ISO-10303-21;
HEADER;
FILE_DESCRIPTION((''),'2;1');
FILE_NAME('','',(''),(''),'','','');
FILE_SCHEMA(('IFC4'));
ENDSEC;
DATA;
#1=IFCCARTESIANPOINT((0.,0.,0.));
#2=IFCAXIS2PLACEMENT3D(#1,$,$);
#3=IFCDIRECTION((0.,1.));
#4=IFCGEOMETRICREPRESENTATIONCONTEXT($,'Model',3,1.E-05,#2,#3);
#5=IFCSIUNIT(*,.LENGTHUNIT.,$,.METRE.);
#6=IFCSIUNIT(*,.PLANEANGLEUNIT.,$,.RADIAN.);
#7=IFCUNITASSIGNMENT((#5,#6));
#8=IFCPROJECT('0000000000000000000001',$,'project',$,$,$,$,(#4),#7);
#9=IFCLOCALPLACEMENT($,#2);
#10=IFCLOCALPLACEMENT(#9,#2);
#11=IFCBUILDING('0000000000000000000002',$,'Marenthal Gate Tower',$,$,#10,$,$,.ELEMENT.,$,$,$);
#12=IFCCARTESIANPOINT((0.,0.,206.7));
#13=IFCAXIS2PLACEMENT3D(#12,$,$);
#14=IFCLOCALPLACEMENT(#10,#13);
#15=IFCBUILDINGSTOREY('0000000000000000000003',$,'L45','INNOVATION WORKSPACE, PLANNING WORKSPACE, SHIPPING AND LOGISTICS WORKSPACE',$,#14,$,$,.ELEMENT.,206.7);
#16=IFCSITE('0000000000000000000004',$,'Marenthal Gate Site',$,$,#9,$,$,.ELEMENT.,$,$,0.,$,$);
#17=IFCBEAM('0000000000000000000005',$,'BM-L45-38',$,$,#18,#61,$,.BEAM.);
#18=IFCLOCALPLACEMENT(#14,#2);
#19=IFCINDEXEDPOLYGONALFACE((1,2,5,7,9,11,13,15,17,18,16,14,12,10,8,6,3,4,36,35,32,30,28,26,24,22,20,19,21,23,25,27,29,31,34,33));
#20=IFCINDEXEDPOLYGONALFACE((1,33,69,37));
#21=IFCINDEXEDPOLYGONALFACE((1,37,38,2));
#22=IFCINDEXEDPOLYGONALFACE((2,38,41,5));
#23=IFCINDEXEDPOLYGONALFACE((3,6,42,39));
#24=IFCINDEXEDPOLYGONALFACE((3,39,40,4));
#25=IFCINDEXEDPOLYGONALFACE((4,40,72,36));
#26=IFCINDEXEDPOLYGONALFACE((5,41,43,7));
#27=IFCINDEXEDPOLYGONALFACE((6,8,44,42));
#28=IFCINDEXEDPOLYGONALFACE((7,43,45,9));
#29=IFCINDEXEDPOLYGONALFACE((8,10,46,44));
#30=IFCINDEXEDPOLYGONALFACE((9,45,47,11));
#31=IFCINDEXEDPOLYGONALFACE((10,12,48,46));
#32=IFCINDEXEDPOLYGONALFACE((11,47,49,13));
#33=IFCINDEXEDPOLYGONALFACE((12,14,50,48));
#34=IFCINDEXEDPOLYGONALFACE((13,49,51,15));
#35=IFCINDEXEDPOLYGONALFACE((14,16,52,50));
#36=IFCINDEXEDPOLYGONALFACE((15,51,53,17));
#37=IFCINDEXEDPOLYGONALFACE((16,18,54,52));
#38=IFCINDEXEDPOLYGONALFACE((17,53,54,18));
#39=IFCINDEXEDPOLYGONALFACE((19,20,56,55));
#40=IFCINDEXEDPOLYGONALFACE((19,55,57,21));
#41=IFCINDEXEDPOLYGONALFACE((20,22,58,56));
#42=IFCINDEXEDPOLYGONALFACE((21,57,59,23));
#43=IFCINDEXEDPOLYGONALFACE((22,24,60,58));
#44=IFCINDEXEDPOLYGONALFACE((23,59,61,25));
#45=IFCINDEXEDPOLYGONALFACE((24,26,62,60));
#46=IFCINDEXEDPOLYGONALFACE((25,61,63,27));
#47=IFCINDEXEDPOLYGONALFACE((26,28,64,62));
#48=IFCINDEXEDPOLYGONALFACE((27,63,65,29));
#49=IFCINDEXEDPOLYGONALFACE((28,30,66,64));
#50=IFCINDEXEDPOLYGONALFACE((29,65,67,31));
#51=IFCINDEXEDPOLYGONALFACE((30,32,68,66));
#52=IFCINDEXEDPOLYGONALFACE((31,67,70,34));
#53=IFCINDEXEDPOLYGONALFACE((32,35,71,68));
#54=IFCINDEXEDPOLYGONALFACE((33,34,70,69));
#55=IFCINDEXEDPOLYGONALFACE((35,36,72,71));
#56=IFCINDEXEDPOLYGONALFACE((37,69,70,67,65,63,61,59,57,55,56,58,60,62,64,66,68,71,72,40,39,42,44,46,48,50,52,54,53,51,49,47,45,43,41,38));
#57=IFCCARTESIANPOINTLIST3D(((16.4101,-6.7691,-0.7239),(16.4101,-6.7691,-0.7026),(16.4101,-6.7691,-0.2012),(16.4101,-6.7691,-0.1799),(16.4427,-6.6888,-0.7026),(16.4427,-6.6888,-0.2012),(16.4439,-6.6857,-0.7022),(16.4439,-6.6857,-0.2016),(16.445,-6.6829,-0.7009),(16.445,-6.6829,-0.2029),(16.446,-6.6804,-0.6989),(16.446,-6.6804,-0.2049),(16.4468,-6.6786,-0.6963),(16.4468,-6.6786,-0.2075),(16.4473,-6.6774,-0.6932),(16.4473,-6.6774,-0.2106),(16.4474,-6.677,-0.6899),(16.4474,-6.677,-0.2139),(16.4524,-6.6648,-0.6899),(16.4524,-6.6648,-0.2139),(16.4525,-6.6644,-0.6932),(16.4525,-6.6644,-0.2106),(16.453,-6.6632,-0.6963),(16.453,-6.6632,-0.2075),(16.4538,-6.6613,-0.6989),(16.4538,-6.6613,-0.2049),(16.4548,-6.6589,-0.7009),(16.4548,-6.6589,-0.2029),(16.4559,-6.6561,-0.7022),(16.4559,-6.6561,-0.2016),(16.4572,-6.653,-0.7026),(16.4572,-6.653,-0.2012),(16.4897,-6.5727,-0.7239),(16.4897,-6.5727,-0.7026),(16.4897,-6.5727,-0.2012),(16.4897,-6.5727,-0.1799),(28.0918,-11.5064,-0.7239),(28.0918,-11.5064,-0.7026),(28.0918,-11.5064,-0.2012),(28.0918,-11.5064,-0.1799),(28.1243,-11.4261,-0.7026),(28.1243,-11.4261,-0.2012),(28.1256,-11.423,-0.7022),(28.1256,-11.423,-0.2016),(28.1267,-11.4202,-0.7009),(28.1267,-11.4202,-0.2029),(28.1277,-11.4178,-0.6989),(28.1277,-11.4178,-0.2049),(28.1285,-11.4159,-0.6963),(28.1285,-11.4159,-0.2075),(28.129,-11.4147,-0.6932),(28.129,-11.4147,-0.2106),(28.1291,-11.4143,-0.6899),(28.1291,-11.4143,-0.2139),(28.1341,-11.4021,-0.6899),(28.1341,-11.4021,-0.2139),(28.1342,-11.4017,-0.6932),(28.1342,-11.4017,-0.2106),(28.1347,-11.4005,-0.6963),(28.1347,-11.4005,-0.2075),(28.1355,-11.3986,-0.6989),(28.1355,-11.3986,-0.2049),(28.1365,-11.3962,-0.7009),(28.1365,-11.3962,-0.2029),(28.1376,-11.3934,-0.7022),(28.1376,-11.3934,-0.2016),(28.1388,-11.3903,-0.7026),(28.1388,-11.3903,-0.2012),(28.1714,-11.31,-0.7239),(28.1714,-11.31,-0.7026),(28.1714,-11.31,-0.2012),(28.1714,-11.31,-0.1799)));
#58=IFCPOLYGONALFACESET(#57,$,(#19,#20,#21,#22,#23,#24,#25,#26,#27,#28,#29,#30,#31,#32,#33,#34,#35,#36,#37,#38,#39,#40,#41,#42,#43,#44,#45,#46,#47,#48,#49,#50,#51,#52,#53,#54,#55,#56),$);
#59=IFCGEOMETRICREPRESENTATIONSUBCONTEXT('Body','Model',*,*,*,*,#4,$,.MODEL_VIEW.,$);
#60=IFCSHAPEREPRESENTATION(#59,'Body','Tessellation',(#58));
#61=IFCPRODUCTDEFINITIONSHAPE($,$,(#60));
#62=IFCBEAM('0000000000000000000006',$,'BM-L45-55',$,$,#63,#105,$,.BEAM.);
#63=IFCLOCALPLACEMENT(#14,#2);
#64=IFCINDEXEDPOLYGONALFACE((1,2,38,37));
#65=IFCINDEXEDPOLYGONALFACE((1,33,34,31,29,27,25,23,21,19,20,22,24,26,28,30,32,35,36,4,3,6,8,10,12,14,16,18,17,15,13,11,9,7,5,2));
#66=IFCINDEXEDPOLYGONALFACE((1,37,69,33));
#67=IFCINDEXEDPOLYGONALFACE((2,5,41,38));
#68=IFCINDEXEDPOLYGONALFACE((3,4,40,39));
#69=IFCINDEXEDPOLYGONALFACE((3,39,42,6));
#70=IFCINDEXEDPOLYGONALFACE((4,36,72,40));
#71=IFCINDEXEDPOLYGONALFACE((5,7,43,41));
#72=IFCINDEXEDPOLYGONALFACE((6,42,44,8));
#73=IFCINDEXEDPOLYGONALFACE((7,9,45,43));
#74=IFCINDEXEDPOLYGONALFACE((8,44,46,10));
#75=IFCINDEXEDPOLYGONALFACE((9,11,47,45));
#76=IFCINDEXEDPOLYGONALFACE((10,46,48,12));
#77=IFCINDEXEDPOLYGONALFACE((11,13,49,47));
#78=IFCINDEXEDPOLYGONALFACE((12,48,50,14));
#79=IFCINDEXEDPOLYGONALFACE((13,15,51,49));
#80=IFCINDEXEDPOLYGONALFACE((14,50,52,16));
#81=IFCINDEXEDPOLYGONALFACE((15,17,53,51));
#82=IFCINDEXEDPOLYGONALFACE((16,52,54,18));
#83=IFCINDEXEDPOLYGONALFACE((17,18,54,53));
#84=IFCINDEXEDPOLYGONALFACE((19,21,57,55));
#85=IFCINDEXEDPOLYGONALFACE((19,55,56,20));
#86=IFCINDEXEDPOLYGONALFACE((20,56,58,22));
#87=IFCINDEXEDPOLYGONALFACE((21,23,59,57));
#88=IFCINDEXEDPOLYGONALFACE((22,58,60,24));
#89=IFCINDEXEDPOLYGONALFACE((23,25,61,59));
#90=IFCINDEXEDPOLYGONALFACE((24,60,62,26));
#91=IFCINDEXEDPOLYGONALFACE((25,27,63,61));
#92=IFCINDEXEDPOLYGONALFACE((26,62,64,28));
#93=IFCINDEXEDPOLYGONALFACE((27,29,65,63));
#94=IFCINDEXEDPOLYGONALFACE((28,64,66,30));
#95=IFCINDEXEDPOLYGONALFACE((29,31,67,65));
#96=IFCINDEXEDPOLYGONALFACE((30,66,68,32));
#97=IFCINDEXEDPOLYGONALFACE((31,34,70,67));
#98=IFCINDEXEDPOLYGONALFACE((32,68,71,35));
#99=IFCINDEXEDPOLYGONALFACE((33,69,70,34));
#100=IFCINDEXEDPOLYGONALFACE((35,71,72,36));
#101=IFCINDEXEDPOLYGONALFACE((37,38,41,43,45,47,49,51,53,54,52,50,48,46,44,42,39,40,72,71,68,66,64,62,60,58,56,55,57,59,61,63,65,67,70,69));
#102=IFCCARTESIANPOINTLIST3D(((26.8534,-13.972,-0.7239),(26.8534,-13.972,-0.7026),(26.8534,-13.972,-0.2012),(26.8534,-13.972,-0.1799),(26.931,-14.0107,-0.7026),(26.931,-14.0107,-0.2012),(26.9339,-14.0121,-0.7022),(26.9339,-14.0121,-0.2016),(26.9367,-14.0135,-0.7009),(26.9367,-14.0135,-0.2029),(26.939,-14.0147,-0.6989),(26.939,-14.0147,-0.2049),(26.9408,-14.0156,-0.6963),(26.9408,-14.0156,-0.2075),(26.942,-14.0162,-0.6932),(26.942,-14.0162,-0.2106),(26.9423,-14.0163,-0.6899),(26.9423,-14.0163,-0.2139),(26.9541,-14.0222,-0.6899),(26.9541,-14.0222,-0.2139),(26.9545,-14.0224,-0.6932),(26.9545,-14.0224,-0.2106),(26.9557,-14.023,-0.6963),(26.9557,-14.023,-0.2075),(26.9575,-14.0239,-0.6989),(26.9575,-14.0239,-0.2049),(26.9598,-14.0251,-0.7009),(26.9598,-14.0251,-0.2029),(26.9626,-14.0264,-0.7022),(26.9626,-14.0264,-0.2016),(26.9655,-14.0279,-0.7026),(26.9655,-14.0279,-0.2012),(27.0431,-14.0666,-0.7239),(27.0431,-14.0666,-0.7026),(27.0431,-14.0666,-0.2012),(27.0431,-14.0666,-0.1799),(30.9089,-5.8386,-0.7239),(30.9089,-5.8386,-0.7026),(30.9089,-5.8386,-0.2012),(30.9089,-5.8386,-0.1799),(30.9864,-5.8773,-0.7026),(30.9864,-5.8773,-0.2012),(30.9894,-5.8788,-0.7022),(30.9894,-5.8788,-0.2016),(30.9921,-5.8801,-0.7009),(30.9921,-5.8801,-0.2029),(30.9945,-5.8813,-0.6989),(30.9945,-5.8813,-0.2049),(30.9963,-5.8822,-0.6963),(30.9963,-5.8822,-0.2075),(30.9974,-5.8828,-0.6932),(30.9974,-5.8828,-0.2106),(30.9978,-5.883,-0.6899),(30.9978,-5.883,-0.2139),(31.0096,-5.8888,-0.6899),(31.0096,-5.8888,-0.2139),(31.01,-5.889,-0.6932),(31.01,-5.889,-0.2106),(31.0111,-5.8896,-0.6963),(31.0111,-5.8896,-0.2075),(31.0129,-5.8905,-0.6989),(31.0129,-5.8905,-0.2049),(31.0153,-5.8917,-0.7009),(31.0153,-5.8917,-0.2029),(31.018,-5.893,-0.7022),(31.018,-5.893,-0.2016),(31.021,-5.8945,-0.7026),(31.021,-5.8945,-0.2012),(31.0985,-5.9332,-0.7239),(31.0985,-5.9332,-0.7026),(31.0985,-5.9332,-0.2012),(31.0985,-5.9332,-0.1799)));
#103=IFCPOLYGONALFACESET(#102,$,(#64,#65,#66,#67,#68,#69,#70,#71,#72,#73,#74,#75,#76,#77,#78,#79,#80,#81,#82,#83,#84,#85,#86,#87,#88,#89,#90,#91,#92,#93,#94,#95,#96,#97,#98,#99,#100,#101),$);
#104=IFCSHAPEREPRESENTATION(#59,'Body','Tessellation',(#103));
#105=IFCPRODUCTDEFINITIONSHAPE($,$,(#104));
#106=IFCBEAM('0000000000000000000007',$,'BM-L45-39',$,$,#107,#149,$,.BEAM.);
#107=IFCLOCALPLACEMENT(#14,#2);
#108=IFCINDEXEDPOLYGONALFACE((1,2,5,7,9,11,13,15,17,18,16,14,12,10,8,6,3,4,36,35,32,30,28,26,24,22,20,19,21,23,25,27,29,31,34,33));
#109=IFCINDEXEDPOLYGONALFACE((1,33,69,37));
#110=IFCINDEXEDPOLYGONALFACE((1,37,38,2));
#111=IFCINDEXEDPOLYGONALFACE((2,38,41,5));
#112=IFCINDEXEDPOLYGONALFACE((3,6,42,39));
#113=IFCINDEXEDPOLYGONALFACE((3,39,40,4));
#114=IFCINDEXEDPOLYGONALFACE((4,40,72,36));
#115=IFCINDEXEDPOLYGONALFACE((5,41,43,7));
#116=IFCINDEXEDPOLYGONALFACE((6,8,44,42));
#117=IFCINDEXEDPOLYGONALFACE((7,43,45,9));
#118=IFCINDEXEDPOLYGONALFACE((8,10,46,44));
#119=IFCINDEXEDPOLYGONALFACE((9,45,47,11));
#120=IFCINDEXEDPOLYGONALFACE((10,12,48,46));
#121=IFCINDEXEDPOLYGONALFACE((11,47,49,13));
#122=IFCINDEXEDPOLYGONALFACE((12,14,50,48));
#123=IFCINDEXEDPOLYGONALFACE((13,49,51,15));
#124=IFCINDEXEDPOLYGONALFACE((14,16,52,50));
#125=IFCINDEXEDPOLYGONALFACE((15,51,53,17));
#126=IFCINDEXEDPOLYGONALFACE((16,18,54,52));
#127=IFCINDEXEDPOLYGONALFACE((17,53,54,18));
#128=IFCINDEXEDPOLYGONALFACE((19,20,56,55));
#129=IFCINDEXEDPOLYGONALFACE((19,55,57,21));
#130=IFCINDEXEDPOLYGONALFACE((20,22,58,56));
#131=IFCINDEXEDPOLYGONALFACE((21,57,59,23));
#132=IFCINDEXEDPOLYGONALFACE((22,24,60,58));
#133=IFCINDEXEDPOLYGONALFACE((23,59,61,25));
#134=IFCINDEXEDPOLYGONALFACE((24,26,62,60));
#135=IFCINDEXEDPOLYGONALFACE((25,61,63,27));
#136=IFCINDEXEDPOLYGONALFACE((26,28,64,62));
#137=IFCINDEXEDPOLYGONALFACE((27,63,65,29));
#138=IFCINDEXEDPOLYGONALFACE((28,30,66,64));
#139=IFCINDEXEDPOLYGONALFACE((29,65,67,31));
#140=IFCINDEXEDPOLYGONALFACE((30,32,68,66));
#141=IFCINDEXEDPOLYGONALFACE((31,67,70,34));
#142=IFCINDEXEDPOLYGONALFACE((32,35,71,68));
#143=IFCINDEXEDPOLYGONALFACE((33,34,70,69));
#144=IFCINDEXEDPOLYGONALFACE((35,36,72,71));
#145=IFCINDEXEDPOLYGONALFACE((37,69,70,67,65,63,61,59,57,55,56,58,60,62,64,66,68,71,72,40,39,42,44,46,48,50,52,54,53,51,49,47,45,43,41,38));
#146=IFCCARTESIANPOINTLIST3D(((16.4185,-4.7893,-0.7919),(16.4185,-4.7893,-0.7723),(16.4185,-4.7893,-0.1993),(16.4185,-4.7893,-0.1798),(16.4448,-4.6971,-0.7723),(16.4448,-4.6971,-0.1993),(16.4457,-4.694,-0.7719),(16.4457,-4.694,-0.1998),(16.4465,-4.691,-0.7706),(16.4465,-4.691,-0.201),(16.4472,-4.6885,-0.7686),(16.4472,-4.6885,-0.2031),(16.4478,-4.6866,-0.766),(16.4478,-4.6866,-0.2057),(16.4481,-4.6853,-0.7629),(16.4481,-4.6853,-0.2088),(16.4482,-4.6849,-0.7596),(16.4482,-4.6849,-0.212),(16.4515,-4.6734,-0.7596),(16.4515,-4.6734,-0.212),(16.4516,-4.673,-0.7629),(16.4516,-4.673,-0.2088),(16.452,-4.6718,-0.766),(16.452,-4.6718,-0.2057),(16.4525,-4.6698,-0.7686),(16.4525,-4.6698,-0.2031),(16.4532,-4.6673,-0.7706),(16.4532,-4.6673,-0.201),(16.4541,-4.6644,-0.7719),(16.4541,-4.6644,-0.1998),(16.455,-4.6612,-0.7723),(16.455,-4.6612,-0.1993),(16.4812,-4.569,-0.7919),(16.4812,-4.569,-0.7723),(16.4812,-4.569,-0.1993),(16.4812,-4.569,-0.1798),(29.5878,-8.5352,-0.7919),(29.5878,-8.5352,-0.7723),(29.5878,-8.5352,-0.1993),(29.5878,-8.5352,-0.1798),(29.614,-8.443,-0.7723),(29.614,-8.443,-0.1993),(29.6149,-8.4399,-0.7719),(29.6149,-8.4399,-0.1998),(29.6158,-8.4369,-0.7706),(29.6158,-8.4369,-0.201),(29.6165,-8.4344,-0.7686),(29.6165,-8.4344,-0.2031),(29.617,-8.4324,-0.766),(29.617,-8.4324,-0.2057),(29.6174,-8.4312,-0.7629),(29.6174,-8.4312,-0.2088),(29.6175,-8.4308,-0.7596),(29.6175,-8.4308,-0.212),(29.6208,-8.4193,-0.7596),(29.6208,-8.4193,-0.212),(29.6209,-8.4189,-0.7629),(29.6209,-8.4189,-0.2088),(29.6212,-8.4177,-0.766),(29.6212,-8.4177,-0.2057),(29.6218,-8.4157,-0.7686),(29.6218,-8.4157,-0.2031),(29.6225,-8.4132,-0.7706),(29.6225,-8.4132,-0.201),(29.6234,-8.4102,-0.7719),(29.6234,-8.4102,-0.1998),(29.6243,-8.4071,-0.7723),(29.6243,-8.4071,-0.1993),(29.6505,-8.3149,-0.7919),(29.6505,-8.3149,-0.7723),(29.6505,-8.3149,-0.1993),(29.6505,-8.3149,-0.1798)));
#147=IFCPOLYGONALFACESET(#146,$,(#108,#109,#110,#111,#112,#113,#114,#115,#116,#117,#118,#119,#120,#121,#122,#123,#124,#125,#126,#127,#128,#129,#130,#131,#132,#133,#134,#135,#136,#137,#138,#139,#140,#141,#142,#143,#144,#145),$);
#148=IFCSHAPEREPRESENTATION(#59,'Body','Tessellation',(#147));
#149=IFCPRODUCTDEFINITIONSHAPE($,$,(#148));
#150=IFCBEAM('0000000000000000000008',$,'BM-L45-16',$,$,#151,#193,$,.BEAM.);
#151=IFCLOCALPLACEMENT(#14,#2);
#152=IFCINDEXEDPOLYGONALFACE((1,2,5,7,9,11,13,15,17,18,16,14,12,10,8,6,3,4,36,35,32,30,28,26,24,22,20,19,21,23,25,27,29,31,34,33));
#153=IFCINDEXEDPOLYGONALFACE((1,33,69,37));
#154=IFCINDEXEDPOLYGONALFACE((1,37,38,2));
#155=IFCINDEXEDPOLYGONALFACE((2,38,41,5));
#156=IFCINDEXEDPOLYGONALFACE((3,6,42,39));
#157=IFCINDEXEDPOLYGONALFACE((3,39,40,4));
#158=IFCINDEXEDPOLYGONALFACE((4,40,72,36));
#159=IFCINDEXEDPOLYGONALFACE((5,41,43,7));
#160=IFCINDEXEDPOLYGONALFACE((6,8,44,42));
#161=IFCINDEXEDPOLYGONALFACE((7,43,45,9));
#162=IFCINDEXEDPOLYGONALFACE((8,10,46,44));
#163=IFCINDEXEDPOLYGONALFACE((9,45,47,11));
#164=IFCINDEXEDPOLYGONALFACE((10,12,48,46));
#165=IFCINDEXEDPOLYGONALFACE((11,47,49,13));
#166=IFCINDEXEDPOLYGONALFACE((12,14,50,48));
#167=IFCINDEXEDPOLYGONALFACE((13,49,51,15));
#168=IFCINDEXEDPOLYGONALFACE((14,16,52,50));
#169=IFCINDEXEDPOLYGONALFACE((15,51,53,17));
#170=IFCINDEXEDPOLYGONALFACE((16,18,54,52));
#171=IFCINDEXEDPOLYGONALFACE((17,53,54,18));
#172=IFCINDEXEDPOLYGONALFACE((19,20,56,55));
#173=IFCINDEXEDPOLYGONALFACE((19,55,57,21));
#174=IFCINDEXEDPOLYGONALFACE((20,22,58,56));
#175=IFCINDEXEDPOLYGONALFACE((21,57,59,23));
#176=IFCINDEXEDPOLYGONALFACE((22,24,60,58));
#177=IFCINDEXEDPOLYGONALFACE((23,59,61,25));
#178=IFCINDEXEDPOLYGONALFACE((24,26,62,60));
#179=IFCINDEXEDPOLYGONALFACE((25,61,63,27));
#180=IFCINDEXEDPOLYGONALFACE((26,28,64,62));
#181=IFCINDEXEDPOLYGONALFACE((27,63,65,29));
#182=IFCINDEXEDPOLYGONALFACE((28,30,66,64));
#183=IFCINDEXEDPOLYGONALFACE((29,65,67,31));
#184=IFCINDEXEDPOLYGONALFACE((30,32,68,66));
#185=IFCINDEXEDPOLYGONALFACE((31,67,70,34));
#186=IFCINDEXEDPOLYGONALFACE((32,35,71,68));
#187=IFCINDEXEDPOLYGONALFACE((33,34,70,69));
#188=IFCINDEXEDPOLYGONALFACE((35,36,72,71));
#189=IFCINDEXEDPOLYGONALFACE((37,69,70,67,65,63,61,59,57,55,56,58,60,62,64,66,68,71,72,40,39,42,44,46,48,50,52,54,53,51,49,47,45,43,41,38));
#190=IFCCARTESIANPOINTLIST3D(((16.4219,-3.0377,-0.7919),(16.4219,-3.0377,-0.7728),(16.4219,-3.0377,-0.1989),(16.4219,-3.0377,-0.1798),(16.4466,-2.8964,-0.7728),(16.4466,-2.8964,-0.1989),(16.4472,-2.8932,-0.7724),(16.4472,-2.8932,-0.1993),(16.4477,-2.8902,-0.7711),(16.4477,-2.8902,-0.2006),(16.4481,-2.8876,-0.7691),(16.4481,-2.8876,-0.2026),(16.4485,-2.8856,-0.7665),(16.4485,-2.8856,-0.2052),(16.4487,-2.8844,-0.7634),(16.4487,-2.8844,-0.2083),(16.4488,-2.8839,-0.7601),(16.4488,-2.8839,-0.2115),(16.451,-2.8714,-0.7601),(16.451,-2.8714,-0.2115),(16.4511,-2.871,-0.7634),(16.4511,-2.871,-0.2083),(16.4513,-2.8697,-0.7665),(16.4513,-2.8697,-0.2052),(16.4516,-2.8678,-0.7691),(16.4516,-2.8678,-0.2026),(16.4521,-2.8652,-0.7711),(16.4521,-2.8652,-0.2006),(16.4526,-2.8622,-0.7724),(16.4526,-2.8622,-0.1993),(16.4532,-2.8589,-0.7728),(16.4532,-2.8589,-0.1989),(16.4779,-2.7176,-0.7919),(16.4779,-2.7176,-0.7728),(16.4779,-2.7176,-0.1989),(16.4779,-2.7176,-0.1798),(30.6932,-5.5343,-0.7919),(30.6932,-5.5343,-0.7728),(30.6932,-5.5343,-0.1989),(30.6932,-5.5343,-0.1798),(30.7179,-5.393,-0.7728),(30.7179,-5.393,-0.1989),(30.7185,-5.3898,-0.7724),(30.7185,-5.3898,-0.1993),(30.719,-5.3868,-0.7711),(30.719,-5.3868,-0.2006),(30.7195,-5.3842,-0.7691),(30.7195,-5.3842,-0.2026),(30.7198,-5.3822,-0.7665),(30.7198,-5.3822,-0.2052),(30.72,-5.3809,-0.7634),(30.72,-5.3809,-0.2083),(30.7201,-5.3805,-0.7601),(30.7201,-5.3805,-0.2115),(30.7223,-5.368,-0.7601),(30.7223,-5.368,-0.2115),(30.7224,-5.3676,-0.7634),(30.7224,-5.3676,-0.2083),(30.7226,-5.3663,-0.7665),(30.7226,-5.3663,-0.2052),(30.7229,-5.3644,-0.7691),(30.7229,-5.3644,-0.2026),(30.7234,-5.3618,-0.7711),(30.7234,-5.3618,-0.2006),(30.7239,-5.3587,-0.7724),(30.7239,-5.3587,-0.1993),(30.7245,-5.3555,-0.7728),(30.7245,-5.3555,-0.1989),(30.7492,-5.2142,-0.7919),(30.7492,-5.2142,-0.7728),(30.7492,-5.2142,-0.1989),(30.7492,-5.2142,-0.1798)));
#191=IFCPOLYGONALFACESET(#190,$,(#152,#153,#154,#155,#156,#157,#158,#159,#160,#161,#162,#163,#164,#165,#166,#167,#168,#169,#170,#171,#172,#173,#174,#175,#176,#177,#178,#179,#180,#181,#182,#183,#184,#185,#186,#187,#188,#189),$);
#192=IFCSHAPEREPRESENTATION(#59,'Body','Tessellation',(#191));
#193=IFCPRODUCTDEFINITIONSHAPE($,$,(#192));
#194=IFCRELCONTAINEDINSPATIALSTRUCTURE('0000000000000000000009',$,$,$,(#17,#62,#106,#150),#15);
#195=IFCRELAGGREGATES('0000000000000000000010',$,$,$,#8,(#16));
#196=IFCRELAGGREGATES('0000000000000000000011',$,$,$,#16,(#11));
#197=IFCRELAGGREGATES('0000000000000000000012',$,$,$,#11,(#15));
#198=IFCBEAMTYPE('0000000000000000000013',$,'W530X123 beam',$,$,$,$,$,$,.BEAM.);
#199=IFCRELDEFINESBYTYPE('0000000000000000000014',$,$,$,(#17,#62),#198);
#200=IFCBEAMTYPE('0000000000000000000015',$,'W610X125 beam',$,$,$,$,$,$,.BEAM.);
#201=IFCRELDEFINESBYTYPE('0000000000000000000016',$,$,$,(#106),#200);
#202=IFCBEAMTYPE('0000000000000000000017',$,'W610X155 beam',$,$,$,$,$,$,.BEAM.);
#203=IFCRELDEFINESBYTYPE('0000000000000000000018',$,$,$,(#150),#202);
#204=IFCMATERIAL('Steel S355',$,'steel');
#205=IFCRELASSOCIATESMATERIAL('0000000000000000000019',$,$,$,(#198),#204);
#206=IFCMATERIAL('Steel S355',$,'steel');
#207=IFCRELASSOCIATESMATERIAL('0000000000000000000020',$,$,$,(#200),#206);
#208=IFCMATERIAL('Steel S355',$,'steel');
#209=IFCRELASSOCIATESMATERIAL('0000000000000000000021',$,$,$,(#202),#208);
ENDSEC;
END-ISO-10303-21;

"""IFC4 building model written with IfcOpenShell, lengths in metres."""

from ifc_helpers import new_model, si_unit, direction, frame, origin, origin_2d, place, context, subcontext, project, spatial, i_section, extrude, material, material_profile, profile_set, type_object, element, save


model = new_model("IFC4")

# Units and contexts
model_context = context("Model", 3, precision=1e-05, world=origin(), true_north=direction((0.0, 1.0)))
body_context = subcontext(model_context, "Body", "Model", "MODEL_VIEW")
ifc_project = project(units=[si_unit("LENGTHUNIT", "METRE"), si_unit("PLANEANGLEUNIT", "RADIAN")], contexts=[model_context])

# Site, building, storey
site_placement = place(None, origin())
site = spatial("IfcSite", under=ifc_project, at=site_placement, Name="Marenthal Gate Site", CompositionType="ELEMENT", RefElevation=0.0)
building_placement = place(site_placement, origin())
building = spatial("IfcBuilding", under=site, at=building_placement, Name="Marenthal Gate Tower", CompositionType="ELEMENT")
storey_placement = place(building_placement, frame((0.0, 0.0, 206.7)))
storey = spatial("IfcBuildingStorey", under=building, at=storey_placement, Name="L45", Description="INNOVATION WORKSPACE, PLANNING WORKSPACE, SHIPPING AND LOGISTICS WORKSPACE", CompositionType="ELEMENT", Elevation=206.7)

# Beams
ifc_material_1 = material(Name="Steel S355", Category="steel")
ifc_material_profile_1 = material_profile(ifc_material_1, i_section(OverallWidth=0.2119, OverallDepth=0.5439, WebThickness=0.0132, FlangeThickness=0.0212, FilletRadius=0.0127, at=origin_2d()), Name="W530X123")
ifc_profile_set_1 = profile_set([ifc_material_profile_1], Name="Steel S355")
beam_type_1 = type_object("IfcBeamType", Name="W530X123 beam", PredefinedType="BEAM", material=ifc_profile_set_1)
beam_1_placement = place(storey_placement, frame((28.1316, -11.4082, -0.4519), z_axis=(-0.926698, 0.375808, 0.0), x_axis=(-0.375808, -0.926698, 0.0)))
element("IfcBeam", 1, at=beam_1_placement, inside=storey, type_object=beam_type_1, Name="BM-L45-38", PredefinedType="BEAM", context=body_context, shape_type="SweptSolid", body=[
    extrude(i_section(OverallWidth=0.2119, OverallDepth=0.5439, WebThickness=0.0132, FlangeThickness=0.0212, FilletRadius=0.0127, at=origin_2d()), origin(), (0.0, 0.0, 1.0), 12.6057),
])
beam_2_placement = place(storey_placement, frame((26.9482, -14.0193, -0.4519), z_axis=(0.446225, 0.894921, 0.0), x_axis=(-0.894921, 0.446225, 0.0)))
element("IfcBeam", 2, at=beam_2_placement, inside=storey, type_object=beam_type_1, Name="BM-L45-55", PredefinedType="BEAM", context=body_context, shape_type="SweptSolid", body=[
    extrude(i_section(OverallWidth=0.2119, OverallDepth=0.5439, WebThickness=0.0132, FlangeThickness=0.0212, FilletRadius=0.0127, at=origin_2d()), origin(), (0.0, 0.0, 1.0), 9.0884),
])
ifc_material_2 = material(Name="Steel S355", Category="steel")
ifc_material_profile_2 = material_profile(ifc_material_2, i_section(OverallWidth=0.229, OverallDepth=0.6121, WebThickness=0.012, FlangeThickness=0.0195, FilletRadius=0.0127, at=origin_2d()), Name="W610X125")
ifc_profile_set_2 = profile_set([ifc_material_profile_2], Name="Steel S355")
beam_type_2 = type_object("IfcBeamType", Name="W610X125 beam", PredefinedType="BEAM", material=ifc_profile_set_2)
beam_3_placement = place(storey_placement, frame((29.6191, -8.425, -0.4858), z_axis=(-0.961847, 0.273588, 0.0), x_axis=(-0.273588, -0.961847, 0.0)))
element("IfcBeam", 3, at=beam_3_placement, inside=storey, type_object=beam_type_2, Name="BM-L45-39", PredefinedType="BEAM", context=body_context, shape_type="SweptSolid", body=[
    extrude(i_section(OverallWidth=0.229, OverallDepth=0.6121, WebThickness=0.012, FlangeThickness=0.0195, FilletRadius=0.0127, at=origin_2d()), origin(), (0.0, 0.0, 1.0), 13.6917),
])
ifc_material_3 = material(Name="Steel S355", Category="steel")
ifc_material_profile_3 = material_profile(ifc_material_3, i_section(OverallWidth=0.325, OverallDepth=0.6121, WebThickness=0.0127, FlangeThickness=0.019, FilletRadius=0.0127, at=origin_2d()), Name="W610X155")
ifc_profile_set_3 = profile_set([ifc_material_profile_3], Name="Steel S355")
beam_type_3 = type_object("IfcBeamType", Name="W610X155 beam", PredefinedType="BEAM", material=ifc_profile_set_3)
beam_4_placement = place(storey_placement, frame((30.7212, -5.3743, -0.4858), z_axis=(-0.985041, 0.172321, 0.0), x_axis=(-0.172321, -0.985041, 0.0)))
element("IfcBeam", 4, at=beam_4_placement, inside=storey, type_object=beam_type_3, Name="BM-L45-16", PredefinedType="BEAM", context=body_context, shape_type="SweptSolid", body=[
    extrude(i_section(OverallWidth=0.325, OverallDepth=0.6121, WebThickness=0.0127, FlangeThickness=0.019, FilletRadius=0.0127, at=origin_2d()), origin(), (0.0, 0.0, 1.0), 14.488),
])

save(model, "model.ifc")
